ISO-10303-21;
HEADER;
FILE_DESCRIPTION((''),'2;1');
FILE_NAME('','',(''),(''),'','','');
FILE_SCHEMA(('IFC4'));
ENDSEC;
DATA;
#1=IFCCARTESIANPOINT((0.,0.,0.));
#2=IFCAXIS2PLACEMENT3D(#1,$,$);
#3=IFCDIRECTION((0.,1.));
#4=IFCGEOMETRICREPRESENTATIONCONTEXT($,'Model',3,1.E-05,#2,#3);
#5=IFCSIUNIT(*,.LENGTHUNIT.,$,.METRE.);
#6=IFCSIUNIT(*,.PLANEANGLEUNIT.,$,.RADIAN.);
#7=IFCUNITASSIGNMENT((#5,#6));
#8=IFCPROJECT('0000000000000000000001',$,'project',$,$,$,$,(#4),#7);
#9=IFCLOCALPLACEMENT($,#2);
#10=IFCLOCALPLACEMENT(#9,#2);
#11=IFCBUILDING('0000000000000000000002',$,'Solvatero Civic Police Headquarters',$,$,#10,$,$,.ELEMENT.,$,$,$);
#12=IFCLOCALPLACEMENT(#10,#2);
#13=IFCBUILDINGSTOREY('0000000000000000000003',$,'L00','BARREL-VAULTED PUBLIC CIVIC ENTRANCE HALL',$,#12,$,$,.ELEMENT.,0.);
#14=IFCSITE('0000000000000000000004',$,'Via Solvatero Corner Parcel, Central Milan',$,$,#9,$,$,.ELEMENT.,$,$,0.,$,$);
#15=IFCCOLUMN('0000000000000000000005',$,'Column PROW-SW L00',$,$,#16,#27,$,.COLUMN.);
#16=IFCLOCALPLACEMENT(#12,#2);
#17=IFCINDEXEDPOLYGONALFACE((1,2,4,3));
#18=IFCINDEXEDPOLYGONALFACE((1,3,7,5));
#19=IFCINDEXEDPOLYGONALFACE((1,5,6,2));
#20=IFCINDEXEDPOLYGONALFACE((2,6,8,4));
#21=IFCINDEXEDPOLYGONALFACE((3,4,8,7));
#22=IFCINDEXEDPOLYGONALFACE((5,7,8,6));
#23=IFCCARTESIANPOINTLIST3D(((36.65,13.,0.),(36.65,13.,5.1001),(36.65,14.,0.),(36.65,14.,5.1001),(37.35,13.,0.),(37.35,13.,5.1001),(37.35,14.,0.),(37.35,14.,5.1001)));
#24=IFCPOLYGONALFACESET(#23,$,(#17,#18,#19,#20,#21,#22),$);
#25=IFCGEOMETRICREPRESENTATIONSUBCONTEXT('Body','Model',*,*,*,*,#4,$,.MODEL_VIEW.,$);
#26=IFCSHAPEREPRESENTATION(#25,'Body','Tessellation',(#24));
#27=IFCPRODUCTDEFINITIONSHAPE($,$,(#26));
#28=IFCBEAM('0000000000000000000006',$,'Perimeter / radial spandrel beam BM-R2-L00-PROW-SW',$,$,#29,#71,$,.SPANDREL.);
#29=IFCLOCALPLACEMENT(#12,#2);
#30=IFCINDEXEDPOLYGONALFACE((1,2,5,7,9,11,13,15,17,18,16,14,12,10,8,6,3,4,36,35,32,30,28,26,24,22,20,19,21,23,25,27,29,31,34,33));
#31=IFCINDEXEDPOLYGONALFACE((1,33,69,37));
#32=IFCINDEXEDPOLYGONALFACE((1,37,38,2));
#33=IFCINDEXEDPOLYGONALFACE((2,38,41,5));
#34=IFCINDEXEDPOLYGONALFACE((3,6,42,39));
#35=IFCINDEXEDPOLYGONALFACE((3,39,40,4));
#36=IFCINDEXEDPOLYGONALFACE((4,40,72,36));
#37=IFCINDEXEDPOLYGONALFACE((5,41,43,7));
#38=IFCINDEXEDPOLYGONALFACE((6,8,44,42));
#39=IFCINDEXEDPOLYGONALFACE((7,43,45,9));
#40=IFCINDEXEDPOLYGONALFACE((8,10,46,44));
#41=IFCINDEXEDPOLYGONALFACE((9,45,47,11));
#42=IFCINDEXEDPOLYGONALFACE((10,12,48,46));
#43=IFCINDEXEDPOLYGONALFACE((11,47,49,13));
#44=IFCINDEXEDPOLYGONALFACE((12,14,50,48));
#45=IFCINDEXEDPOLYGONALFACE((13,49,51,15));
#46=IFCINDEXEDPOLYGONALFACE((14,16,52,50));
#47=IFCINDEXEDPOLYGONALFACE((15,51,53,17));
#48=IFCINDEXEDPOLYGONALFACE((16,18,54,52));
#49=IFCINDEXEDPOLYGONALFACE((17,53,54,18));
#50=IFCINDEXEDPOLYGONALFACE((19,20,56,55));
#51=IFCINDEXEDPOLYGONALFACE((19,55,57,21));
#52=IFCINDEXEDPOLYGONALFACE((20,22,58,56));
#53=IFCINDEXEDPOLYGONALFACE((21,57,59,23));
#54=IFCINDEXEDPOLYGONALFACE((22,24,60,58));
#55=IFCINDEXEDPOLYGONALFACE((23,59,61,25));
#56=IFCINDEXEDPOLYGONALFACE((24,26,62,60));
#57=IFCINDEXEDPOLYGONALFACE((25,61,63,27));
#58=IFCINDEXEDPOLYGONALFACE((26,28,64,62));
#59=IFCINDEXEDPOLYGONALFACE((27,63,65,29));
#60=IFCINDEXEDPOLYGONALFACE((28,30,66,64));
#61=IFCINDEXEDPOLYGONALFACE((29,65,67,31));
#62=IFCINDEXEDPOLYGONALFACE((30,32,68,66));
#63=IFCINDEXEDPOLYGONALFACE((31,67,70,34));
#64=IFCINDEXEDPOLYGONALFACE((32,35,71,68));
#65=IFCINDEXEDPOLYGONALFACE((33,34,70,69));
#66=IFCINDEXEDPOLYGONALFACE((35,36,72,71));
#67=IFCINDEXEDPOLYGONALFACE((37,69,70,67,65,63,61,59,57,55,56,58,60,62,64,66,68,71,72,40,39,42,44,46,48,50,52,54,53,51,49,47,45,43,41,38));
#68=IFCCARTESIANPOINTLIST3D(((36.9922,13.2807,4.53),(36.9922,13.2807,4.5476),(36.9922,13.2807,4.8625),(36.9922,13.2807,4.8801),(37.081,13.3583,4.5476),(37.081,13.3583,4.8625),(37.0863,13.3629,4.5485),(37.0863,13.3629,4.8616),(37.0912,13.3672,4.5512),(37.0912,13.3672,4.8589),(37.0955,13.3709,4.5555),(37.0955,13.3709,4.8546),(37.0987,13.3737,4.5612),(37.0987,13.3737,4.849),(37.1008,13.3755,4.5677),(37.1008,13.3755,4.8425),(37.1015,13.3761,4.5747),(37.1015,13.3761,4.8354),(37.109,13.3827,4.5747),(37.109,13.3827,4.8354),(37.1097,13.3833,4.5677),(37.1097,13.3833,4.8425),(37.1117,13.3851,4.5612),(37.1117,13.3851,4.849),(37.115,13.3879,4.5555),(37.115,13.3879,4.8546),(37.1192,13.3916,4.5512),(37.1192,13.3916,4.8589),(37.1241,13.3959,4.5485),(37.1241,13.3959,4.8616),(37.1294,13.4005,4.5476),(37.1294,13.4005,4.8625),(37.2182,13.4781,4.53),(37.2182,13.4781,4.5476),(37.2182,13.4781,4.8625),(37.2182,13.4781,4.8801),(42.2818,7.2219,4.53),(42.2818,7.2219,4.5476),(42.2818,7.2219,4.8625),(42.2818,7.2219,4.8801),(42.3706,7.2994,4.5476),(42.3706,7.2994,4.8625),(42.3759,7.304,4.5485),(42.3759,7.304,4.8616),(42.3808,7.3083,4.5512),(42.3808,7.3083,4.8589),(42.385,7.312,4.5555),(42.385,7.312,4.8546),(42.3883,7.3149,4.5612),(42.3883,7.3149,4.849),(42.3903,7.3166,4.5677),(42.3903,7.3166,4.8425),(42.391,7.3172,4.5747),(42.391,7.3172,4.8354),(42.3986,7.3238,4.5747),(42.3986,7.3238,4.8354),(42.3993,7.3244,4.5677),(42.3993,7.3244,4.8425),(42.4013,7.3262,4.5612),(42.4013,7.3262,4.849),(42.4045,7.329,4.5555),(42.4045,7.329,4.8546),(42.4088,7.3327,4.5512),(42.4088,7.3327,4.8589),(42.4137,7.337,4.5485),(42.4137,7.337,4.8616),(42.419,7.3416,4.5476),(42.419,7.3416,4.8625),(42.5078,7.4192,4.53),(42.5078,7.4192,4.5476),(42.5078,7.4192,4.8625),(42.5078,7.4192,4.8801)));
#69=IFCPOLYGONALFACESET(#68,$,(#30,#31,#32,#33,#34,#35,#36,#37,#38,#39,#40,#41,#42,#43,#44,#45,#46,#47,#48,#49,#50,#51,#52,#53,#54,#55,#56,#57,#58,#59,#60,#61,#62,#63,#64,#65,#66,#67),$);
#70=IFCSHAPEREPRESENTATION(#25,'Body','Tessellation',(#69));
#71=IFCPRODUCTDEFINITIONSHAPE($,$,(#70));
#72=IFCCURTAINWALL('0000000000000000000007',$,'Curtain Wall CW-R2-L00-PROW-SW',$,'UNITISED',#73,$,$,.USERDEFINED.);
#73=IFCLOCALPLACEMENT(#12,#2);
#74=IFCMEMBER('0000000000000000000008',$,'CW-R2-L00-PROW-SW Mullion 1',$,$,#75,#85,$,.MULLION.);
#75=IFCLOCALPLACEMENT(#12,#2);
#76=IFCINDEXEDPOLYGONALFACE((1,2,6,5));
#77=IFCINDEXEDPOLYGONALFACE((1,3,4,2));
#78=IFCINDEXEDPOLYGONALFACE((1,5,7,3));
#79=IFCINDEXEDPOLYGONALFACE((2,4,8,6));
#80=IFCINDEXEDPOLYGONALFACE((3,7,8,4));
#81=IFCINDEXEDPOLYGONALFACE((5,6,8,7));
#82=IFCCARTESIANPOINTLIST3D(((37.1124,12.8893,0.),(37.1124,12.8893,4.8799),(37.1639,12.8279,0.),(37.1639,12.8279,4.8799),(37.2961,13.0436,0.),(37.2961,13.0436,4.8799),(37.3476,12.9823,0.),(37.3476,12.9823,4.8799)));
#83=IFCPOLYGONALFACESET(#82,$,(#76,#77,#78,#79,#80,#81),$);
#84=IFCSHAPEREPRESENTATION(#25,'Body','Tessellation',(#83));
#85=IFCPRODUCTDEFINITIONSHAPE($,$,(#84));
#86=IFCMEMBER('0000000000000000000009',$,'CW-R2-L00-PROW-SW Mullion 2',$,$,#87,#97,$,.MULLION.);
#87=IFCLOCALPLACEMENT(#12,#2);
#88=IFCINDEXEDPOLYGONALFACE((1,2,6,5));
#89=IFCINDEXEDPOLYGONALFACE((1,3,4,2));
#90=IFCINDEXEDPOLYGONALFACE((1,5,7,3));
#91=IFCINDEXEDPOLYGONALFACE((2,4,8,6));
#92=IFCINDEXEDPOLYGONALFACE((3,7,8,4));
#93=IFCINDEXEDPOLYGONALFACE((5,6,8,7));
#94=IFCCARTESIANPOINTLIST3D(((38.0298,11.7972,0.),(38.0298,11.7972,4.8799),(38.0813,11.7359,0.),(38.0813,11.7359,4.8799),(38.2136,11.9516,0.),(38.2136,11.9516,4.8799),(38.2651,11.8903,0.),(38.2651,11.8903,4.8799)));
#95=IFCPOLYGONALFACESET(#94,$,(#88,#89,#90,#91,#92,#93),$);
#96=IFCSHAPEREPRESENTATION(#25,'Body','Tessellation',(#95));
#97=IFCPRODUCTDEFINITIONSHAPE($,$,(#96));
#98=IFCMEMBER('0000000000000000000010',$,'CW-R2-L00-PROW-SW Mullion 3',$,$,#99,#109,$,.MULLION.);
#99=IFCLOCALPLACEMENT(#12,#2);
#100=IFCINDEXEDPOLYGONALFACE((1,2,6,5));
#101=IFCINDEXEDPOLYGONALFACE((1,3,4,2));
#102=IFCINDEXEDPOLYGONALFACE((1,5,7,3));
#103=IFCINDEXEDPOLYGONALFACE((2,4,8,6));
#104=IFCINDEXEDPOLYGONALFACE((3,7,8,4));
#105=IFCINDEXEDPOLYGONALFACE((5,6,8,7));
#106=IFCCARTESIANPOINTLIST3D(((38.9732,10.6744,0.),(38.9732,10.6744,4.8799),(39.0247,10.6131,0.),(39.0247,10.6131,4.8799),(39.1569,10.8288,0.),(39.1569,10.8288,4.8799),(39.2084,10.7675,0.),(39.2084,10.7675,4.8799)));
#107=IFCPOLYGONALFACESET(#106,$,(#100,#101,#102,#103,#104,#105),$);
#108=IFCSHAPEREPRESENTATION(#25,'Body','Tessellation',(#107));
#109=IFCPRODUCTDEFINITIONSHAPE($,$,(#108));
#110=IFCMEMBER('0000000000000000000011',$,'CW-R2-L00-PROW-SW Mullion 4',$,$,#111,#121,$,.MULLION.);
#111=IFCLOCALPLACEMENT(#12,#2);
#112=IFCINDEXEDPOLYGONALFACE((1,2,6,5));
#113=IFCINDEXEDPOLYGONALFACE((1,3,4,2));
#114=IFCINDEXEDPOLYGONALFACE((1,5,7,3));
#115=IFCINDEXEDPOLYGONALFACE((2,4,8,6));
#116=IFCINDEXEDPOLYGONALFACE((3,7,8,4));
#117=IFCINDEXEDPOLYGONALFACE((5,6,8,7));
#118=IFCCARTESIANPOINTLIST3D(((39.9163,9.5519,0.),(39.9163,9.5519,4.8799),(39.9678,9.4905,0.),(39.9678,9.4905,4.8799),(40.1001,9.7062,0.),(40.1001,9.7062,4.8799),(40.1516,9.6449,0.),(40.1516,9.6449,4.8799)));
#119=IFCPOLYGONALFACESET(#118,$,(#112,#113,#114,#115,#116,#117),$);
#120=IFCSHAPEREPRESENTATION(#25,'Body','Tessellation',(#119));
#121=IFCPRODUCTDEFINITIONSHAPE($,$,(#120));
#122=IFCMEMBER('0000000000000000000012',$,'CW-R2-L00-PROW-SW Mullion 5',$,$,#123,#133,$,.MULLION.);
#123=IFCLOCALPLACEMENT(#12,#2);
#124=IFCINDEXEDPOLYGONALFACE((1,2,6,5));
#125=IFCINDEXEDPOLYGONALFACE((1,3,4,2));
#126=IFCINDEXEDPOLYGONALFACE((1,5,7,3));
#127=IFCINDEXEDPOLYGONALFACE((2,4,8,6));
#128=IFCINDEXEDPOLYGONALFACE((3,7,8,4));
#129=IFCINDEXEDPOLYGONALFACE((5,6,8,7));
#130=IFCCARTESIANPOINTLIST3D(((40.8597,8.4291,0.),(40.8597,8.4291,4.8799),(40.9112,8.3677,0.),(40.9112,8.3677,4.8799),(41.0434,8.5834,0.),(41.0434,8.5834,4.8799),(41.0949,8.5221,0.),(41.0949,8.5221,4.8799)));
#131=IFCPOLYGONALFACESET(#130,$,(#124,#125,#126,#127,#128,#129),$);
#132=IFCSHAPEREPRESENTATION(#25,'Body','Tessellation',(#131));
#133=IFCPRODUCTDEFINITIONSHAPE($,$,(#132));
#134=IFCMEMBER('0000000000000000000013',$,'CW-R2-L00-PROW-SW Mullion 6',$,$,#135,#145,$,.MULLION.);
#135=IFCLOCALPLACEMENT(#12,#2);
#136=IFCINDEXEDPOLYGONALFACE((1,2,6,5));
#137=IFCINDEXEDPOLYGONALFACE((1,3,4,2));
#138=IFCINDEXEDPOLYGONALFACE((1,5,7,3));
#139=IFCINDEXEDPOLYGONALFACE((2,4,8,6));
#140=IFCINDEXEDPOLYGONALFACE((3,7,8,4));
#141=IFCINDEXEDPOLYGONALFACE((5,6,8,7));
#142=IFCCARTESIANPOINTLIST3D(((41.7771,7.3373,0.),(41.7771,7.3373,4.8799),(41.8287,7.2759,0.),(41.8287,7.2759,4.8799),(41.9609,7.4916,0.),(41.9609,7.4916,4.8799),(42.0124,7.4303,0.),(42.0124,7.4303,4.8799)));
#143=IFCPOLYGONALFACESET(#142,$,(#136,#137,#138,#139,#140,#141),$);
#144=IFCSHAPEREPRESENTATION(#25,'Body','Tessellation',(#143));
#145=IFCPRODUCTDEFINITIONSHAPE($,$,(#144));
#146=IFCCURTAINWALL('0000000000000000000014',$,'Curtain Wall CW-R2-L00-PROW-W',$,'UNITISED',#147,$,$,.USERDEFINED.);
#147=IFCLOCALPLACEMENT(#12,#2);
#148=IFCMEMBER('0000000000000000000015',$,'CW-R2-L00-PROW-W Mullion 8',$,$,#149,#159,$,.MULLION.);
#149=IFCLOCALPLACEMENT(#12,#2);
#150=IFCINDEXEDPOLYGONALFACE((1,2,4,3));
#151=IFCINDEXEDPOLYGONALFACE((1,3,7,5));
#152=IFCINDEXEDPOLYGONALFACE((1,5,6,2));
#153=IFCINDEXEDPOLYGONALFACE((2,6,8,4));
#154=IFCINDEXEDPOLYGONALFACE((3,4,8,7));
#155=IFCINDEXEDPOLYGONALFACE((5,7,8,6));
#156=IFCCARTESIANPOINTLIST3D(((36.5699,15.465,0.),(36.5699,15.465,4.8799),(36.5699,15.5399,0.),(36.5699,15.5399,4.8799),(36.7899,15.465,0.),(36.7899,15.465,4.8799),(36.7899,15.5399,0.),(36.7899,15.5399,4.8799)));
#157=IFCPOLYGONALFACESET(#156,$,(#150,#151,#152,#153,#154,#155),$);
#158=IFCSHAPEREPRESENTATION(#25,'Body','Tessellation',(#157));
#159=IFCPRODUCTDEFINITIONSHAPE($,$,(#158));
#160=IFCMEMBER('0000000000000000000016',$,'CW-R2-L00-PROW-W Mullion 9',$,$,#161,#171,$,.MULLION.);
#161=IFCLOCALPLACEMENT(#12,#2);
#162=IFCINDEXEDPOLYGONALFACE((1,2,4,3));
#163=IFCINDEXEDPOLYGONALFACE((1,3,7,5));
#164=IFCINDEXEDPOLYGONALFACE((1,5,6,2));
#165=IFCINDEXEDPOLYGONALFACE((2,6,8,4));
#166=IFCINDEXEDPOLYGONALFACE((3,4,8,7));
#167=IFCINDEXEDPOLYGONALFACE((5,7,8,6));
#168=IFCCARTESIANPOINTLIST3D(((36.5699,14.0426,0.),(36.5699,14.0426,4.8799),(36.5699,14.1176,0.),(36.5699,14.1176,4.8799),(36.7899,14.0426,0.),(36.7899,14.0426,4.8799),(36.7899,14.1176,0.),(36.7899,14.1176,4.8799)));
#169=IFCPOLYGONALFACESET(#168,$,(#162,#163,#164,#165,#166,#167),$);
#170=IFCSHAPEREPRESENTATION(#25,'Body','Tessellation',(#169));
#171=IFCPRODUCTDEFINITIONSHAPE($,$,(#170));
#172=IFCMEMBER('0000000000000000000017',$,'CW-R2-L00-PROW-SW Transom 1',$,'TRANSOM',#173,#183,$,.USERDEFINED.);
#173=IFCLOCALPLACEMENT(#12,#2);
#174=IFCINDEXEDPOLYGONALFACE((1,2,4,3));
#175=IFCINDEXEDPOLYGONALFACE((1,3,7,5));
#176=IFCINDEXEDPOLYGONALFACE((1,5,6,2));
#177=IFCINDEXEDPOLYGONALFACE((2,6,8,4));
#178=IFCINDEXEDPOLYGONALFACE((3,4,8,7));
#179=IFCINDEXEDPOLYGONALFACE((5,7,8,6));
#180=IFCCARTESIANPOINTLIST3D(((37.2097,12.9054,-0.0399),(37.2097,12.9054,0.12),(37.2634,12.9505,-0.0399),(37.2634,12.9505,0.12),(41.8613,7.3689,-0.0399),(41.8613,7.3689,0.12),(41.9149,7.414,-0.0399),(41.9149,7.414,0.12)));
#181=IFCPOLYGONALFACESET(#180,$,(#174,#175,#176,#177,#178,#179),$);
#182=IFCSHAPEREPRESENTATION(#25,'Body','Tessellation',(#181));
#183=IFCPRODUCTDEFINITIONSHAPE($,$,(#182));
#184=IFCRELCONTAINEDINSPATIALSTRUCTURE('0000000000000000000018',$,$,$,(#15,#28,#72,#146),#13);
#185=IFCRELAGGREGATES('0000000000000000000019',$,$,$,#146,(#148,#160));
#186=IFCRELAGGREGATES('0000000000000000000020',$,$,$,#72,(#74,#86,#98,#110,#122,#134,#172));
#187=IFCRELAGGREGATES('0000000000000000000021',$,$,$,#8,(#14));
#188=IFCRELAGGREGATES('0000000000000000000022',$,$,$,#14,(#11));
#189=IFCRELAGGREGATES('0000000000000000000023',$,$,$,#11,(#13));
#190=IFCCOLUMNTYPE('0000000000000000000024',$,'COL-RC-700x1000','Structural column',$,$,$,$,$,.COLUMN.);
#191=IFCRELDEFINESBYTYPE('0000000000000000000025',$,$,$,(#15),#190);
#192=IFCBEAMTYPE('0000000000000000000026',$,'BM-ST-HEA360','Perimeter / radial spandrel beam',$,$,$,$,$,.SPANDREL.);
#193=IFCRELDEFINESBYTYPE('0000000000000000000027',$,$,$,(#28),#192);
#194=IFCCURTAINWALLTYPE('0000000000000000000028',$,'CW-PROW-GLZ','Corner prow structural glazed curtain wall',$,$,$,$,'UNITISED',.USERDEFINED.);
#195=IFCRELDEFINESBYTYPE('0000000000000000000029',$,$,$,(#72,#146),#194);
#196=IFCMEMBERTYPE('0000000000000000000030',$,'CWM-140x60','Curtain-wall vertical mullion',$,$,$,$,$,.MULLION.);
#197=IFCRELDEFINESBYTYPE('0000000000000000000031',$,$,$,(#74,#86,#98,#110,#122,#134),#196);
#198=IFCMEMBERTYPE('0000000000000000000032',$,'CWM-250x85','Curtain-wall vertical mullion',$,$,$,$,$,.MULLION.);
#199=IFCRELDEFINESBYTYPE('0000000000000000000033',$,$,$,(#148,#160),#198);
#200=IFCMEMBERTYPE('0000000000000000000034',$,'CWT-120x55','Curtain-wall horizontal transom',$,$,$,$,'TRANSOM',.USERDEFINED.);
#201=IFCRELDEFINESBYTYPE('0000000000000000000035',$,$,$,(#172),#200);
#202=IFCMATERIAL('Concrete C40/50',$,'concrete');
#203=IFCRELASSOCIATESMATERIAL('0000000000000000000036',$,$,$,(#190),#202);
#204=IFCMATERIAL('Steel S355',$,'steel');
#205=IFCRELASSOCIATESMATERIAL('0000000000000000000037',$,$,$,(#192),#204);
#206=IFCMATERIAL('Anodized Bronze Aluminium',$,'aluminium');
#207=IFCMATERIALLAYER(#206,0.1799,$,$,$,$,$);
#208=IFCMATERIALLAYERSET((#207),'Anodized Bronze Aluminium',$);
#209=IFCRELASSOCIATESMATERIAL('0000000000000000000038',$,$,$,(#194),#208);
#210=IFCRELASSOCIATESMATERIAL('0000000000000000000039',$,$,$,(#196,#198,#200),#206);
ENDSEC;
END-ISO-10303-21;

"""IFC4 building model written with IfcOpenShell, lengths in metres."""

from ifc_helpers import new_model, si_unit, direction, frame, origin, origin_2d, place, context, subcontext, project, spatial, rectangle, i_section, extrude, material, layer, layer_set, material_profile, profile_set, type_object, element, aggregate, save


model = new_model("IFC4")

# Units and contexts
model_context = context("Model", 3, precision=1e-05, world=origin(), true_north=direction((0.0, 1.0)))
body_context = subcontext(model_context, "Body", "Model", "MODEL_VIEW")
ifc_project = project(units=[si_unit("LENGTHUNIT", "METRE"), si_unit("PLANEANGLEUNIT", "RADIAN")], contexts=[model_context])

# Site, building, storey
site_placement = place(None, origin())
site = spatial("IfcSite", under=ifc_project, at=site_placement, Name="Via Solvatero Corner Parcel, Central Milan", CompositionType="ELEMENT", RefElevation=0.0)
building_placement = place(site_placement, origin())
building = spatial("IfcBuilding", under=site, at=building_placement, Name="Solvatero Civic Police Headquarters", CompositionType="ELEMENT")
storey_placement = place(building_placement, origin())
storey = spatial("IfcBuildingStorey", under=building, at=storey_placement, Name="L00", Description="BARREL-VAULTED PUBLIC CIVIC ENTRANCE HALL", CompositionType="ELEMENT", Elevation=0.0)

# Column
ifc_material_1 = material(Name="Concrete C40/50", Category="concrete")
ifc_material_profile_1 = material_profile(ifc_material_1, rectangle(XDim=0.7, YDim=1.0, at=origin_2d()), Name="RC 700x1000")
ifc_profile_set_1 = profile_set([ifc_material_profile_1], Name="Concrete C40/50")
column_type = type_object("IfcColumnType", Name="COL-RC-700x1000", Description="Structural column", PredefinedType="COLUMN", material=ifc_profile_set_1)
column_placement = place(storey_placement, frame((37.0, 13.5, 0.0), z_axis=(0.0, 0.0, 1.0), x_axis=(1.0, 0.0, 0.0)))
element("IfcColumn", 1, at=column_placement, inside=storey, type_object=column_type, Name="Column PROW-SW L00", PredefinedType="COLUMN", context=body_context, shape_type="SweptSolid", body=[
    extrude(rectangle(XDim=0.7, YDim=1.0, at=origin_2d()), origin(), (0.0, 0.0, 1.0), 5.1001),
])

# Beam
ifc_material_2 = material(Name="Steel S355", Category="steel")
ifc_material_profile_2 = material_profile(ifc_material_2, i_section(OverallWidth=0.3, OverallDepth=0.3501, WebThickness=0.01, FlangeThickness=0.0176, FilletRadius=0.0271, at=origin_2d()), Name="HEA 360")
ifc_profile_set_2 = profile_set([ifc_material_profile_2], Name="Steel S355")
beam_type = type_object("IfcBeamType", Name="BM-ST-HEA360", Description="Perimeter / radial spandrel beam", PredefinedType="SPANDREL", material=ifc_profile_set_2)
beam_placement = place(storey_placement, frame((37.1052, 13.3794, 4.7051), z_axis=(0.657664, -0.753311, 0.0), x_axis=(0.753311, 0.657664, 0.0)))
element("IfcBeam", 2, at=beam_placement, inside=storey, type_object=beam_type, Name="Perimeter / radial spandrel beam BM-R2-L00-PROW-SW", PredefinedType="SPANDREL", context=body_context, shape_type="SweptSolid", body=[
    extrude(i_section(OverallWidth=0.3, OverallDepth=0.3501, WebThickness=0.01, FlangeThickness=0.0176, FilletRadius=0.0271, at=origin_2d()), origin(), (0.0, 0.0, 1.0), 8.043),
])

# Curtain walls, members
ifc_material_3 = material(Name="Anodized Bronze Aluminium", Category="aluminium")
ifc_layer_1 = layer(ifc_material_3, 0.1799)
ifc_layer_set_1 = layer_set([ifc_layer_1], Name="Anodized Bronze Aluminium")
curtain_wall_type = type_object("IfcCurtainWallType", Name="CW-PROW-GLZ", Description="Corner prow structural glazed curtain wall", ElementType="UNITISED", PredefinedType="USERDEFINED", material=ifc_layer_set_1)
curtain_wall_1_placement = place(storey_placement, origin())
curtain_wall_1 = element("IfcCurtainWall", 3, at=curtain_wall_1_placement, inside=storey, type_object=curtain_wall_type, Name="Curtain Wall CW-R2-L00-PROW-SW", ObjectType="UNITISED", PredefinedType="USERDEFINED")
ifc_material_profile_3 = material_profile(ifc_material_3, rectangle(XDim=0.0801, YDim=0.24, at=origin_2d()), Name="ALU MULLION 80x240")
ifc_profile_set_3 = profile_set([ifc_material_profile_3], Name="Anodized Bronze Aluminium")
member_type_1 = type_object("IfcMemberType", Name="CWM-140x60", Description="Curtain-wall vertical mullion", PredefinedType="MULLION", material=ifc_profile_set_3)
member_1_placement = place(storey_placement, frame((37.23, 12.9358, 0.0), z_axis=(0.0, 0.0, 1.0), x_axis=(0.643282, -0.765629, 0.0)))
member_1 = element("IfcMember", 4, at=member_1_placement, type_object=member_type_1, Name="CW-R2-L00-PROW-SW Mullion 1", PredefinedType="MULLION", context=body_context, shape_type="SweptSolid", body=[
    extrude(rectangle(XDim=0.0801, YDim=0.24, at=origin_2d()), origin(), (0.0, 0.0, 1.0), 4.8799),
])
member_2_placement = place(storey_placement, frame((38.1475, 11.8438, 0.0), z_axis=(0.0, 0.0, 1.0), x_axis=(0.643282, -0.765629, 0.0)))
member_2 = element("IfcMember", 5, at=member_2_placement, type_object=member_type_1, Name="CW-R2-L00-PROW-SW Mullion 2", PredefinedType="MULLION", context=body_context, shape_type="SweptSolid", body=[
    extrude(rectangle(XDim=0.0801, YDim=0.24, at=origin_2d()), origin(), (0.0, 0.0, 1.0), 4.8799),
])
member_3_placement = place(storey_placement, frame((39.0908, 10.7209, 0.0), z_axis=(0.0, 0.0, 1.0), x_axis=(0.643282, -0.765629, 0.0)))
member_3 = element("IfcMember", 6, at=member_3_placement, type_object=member_type_1, Name="CW-R2-L00-PROW-SW Mullion 3", PredefinedType="MULLION", context=body_context, shape_type="SweptSolid", body=[
    extrude(rectangle(XDim=0.0801, YDim=0.24, at=origin_2d()), origin(), (0.0, 0.0, 1.0), 4.8799),
])
member_4_placement = place(storey_placement, frame((40.0339, 9.5984, 0.0), z_axis=(0.0, 0.0, 1.0), x_axis=(0.643282, -0.765629, 0.0)))
member_4 = element("IfcMember", 7, at=member_4_placement, type_object=member_type_1, Name="CW-R2-L00-PROW-SW Mullion 4", PredefinedType="MULLION", context=body_context, shape_type="SweptSolid", body=[
    extrude(rectangle(XDim=0.0801, YDim=0.24, at=origin_2d()), origin(), (0.0, 0.0, 1.0), 4.8799),
])
member_5_placement = place(storey_placement, frame((40.9773, 8.4756, 0.0), z_axis=(0.0, 0.0, 1.0), x_axis=(0.643282, -0.765629, 0.0)))
member_5 = element("IfcMember", 8, at=member_5_placement, type_object=member_type_1, Name="CW-R2-L00-PROW-SW Mullion 5", PredefinedType="MULLION", context=body_context, shape_type="SweptSolid", body=[
    extrude(rectangle(XDim=0.0801, YDim=0.24, at=origin_2d()), origin(), (0.0, 0.0, 1.0), 4.8799),
])
member_6_placement = place(storey_placement, frame((41.8948, 7.3838, 0.0), z_axis=(0.0, 0.0, 1.0), x_axis=(0.643282, -0.765629, 0.0)))
member_6 = element("IfcMember", 9, at=member_6_placement, type_object=member_type_1, Name="CW-R2-L00-PROW-SW Mullion 6", PredefinedType="MULLION", context=body_context, shape_type="SweptSolid", body=[
    extrude(rectangle(XDim=0.0801, YDim=0.24, at=origin_2d()), origin(), (0.0, 0.0, 1.0), 4.8799),
])
curtain_wall_2_placement = place(storey_placement, origin())
curtain_wall_2 = element("IfcCurtainWall", 10, at=curtain_wall_2_placement, inside=storey, type_object=curtain_wall_type, Name="Curtain Wall CW-R2-L00-PROW-W", ObjectType="UNITISED", PredefinedType="USERDEFINED")
ifc_material_profile_4 = material_profile(ifc_material_3, rectangle(XDim=0.075, YDim=0.22, at=origin_2d()), Name="ALU MULLION 75x220")
ifc_profile_set_4 = profile_set([ifc_material_profile_4], Name="Anodized Bronze Aluminium")
member_type_2 = type_object("IfcMemberType", Name="CWM-250x85", Description="Curtain-wall vertical mullion", PredefinedType="MULLION", material=ifc_profile_set_4)
member_7_placement = place(storey_placement, frame((36.6799, 15.5024, 0.0), z_axis=(0.0, 0.0, 1.0), x_axis=(0.0, -1.0, 0.0)))
member_7 = element("IfcMember", 11, at=member_7_placement, type_object=member_type_2, Name="CW-R2-L00-PROW-W Mullion 8", PredefinedType="MULLION", context=body_context, shape_type="SweptSolid", body=[
    extrude(rectangle(XDim=0.075, YDim=0.22, at=origin_2d()), origin(), (0.0, 0.0, 1.0), 4.8799),
])
member_8_placement = place(storey_placement, frame((36.6799, 14.0801, 0.0), z_axis=(0.0, 0.0, 1.0), x_axis=(0.0, -1.0, 0.0)))
member_8 = element("IfcMember", 12, at=member_8_placement, type_object=member_type_2, Name="CW-R2-L00-PROW-W Mullion 9", PredefinedType="MULLION", context=body_context, shape_type="SweptSolid", body=[
    extrude(rectangle(XDim=0.075, YDim=0.22, at=origin_2d()), origin(), (0.0, 0.0, 1.0), 4.8799),
])

# Member
ifc_material_profile_5 = material_profile(ifc_material_3, rectangle(XDim=0.0701, YDim=0.1599, at=origin_2d()), Name="ALU TRANSOM 70x160")
ifc_profile_set_5 = profile_set([ifc_material_profile_5], Name="Anodized Bronze Aluminium")
member_type_3 = type_object("IfcMemberType", Name="CWT-120x55", Description="Curtain-wall horizontal transom", ElementType="TRANSOM", PredefinedType="USERDEFINED", material=ifc_profile_set_5)
member_9_placement = place(storey_placement, frame((37.2366, 12.928, 0.04), z_axis=(0.643261, -0.765647, 0.0), x_axis=(0.765647, 0.643261, 0.0)))
member_9 = element("IfcMember", 13, at=member_9_placement, type_object=member_type_3, Name="CW-R2-L00-PROW-SW Transom 1", ObjectType="TRANSOM", PredefinedType="USERDEFINED", context=body_context, shape_type="SweptSolid", body=[
    extrude(rectangle(XDim=0.0701, YDim=0.1599, at=origin_2d()), origin(), (0.0, 0.0, 1.0), 7.2312),
])

aggregate(curtain_wall_2, [member_7, member_8])
aggregate(curtain_wall_1, [member_1, member_2, member_3, member_4, member_5, member_6, member_9])

save(model, "model.ifc")
